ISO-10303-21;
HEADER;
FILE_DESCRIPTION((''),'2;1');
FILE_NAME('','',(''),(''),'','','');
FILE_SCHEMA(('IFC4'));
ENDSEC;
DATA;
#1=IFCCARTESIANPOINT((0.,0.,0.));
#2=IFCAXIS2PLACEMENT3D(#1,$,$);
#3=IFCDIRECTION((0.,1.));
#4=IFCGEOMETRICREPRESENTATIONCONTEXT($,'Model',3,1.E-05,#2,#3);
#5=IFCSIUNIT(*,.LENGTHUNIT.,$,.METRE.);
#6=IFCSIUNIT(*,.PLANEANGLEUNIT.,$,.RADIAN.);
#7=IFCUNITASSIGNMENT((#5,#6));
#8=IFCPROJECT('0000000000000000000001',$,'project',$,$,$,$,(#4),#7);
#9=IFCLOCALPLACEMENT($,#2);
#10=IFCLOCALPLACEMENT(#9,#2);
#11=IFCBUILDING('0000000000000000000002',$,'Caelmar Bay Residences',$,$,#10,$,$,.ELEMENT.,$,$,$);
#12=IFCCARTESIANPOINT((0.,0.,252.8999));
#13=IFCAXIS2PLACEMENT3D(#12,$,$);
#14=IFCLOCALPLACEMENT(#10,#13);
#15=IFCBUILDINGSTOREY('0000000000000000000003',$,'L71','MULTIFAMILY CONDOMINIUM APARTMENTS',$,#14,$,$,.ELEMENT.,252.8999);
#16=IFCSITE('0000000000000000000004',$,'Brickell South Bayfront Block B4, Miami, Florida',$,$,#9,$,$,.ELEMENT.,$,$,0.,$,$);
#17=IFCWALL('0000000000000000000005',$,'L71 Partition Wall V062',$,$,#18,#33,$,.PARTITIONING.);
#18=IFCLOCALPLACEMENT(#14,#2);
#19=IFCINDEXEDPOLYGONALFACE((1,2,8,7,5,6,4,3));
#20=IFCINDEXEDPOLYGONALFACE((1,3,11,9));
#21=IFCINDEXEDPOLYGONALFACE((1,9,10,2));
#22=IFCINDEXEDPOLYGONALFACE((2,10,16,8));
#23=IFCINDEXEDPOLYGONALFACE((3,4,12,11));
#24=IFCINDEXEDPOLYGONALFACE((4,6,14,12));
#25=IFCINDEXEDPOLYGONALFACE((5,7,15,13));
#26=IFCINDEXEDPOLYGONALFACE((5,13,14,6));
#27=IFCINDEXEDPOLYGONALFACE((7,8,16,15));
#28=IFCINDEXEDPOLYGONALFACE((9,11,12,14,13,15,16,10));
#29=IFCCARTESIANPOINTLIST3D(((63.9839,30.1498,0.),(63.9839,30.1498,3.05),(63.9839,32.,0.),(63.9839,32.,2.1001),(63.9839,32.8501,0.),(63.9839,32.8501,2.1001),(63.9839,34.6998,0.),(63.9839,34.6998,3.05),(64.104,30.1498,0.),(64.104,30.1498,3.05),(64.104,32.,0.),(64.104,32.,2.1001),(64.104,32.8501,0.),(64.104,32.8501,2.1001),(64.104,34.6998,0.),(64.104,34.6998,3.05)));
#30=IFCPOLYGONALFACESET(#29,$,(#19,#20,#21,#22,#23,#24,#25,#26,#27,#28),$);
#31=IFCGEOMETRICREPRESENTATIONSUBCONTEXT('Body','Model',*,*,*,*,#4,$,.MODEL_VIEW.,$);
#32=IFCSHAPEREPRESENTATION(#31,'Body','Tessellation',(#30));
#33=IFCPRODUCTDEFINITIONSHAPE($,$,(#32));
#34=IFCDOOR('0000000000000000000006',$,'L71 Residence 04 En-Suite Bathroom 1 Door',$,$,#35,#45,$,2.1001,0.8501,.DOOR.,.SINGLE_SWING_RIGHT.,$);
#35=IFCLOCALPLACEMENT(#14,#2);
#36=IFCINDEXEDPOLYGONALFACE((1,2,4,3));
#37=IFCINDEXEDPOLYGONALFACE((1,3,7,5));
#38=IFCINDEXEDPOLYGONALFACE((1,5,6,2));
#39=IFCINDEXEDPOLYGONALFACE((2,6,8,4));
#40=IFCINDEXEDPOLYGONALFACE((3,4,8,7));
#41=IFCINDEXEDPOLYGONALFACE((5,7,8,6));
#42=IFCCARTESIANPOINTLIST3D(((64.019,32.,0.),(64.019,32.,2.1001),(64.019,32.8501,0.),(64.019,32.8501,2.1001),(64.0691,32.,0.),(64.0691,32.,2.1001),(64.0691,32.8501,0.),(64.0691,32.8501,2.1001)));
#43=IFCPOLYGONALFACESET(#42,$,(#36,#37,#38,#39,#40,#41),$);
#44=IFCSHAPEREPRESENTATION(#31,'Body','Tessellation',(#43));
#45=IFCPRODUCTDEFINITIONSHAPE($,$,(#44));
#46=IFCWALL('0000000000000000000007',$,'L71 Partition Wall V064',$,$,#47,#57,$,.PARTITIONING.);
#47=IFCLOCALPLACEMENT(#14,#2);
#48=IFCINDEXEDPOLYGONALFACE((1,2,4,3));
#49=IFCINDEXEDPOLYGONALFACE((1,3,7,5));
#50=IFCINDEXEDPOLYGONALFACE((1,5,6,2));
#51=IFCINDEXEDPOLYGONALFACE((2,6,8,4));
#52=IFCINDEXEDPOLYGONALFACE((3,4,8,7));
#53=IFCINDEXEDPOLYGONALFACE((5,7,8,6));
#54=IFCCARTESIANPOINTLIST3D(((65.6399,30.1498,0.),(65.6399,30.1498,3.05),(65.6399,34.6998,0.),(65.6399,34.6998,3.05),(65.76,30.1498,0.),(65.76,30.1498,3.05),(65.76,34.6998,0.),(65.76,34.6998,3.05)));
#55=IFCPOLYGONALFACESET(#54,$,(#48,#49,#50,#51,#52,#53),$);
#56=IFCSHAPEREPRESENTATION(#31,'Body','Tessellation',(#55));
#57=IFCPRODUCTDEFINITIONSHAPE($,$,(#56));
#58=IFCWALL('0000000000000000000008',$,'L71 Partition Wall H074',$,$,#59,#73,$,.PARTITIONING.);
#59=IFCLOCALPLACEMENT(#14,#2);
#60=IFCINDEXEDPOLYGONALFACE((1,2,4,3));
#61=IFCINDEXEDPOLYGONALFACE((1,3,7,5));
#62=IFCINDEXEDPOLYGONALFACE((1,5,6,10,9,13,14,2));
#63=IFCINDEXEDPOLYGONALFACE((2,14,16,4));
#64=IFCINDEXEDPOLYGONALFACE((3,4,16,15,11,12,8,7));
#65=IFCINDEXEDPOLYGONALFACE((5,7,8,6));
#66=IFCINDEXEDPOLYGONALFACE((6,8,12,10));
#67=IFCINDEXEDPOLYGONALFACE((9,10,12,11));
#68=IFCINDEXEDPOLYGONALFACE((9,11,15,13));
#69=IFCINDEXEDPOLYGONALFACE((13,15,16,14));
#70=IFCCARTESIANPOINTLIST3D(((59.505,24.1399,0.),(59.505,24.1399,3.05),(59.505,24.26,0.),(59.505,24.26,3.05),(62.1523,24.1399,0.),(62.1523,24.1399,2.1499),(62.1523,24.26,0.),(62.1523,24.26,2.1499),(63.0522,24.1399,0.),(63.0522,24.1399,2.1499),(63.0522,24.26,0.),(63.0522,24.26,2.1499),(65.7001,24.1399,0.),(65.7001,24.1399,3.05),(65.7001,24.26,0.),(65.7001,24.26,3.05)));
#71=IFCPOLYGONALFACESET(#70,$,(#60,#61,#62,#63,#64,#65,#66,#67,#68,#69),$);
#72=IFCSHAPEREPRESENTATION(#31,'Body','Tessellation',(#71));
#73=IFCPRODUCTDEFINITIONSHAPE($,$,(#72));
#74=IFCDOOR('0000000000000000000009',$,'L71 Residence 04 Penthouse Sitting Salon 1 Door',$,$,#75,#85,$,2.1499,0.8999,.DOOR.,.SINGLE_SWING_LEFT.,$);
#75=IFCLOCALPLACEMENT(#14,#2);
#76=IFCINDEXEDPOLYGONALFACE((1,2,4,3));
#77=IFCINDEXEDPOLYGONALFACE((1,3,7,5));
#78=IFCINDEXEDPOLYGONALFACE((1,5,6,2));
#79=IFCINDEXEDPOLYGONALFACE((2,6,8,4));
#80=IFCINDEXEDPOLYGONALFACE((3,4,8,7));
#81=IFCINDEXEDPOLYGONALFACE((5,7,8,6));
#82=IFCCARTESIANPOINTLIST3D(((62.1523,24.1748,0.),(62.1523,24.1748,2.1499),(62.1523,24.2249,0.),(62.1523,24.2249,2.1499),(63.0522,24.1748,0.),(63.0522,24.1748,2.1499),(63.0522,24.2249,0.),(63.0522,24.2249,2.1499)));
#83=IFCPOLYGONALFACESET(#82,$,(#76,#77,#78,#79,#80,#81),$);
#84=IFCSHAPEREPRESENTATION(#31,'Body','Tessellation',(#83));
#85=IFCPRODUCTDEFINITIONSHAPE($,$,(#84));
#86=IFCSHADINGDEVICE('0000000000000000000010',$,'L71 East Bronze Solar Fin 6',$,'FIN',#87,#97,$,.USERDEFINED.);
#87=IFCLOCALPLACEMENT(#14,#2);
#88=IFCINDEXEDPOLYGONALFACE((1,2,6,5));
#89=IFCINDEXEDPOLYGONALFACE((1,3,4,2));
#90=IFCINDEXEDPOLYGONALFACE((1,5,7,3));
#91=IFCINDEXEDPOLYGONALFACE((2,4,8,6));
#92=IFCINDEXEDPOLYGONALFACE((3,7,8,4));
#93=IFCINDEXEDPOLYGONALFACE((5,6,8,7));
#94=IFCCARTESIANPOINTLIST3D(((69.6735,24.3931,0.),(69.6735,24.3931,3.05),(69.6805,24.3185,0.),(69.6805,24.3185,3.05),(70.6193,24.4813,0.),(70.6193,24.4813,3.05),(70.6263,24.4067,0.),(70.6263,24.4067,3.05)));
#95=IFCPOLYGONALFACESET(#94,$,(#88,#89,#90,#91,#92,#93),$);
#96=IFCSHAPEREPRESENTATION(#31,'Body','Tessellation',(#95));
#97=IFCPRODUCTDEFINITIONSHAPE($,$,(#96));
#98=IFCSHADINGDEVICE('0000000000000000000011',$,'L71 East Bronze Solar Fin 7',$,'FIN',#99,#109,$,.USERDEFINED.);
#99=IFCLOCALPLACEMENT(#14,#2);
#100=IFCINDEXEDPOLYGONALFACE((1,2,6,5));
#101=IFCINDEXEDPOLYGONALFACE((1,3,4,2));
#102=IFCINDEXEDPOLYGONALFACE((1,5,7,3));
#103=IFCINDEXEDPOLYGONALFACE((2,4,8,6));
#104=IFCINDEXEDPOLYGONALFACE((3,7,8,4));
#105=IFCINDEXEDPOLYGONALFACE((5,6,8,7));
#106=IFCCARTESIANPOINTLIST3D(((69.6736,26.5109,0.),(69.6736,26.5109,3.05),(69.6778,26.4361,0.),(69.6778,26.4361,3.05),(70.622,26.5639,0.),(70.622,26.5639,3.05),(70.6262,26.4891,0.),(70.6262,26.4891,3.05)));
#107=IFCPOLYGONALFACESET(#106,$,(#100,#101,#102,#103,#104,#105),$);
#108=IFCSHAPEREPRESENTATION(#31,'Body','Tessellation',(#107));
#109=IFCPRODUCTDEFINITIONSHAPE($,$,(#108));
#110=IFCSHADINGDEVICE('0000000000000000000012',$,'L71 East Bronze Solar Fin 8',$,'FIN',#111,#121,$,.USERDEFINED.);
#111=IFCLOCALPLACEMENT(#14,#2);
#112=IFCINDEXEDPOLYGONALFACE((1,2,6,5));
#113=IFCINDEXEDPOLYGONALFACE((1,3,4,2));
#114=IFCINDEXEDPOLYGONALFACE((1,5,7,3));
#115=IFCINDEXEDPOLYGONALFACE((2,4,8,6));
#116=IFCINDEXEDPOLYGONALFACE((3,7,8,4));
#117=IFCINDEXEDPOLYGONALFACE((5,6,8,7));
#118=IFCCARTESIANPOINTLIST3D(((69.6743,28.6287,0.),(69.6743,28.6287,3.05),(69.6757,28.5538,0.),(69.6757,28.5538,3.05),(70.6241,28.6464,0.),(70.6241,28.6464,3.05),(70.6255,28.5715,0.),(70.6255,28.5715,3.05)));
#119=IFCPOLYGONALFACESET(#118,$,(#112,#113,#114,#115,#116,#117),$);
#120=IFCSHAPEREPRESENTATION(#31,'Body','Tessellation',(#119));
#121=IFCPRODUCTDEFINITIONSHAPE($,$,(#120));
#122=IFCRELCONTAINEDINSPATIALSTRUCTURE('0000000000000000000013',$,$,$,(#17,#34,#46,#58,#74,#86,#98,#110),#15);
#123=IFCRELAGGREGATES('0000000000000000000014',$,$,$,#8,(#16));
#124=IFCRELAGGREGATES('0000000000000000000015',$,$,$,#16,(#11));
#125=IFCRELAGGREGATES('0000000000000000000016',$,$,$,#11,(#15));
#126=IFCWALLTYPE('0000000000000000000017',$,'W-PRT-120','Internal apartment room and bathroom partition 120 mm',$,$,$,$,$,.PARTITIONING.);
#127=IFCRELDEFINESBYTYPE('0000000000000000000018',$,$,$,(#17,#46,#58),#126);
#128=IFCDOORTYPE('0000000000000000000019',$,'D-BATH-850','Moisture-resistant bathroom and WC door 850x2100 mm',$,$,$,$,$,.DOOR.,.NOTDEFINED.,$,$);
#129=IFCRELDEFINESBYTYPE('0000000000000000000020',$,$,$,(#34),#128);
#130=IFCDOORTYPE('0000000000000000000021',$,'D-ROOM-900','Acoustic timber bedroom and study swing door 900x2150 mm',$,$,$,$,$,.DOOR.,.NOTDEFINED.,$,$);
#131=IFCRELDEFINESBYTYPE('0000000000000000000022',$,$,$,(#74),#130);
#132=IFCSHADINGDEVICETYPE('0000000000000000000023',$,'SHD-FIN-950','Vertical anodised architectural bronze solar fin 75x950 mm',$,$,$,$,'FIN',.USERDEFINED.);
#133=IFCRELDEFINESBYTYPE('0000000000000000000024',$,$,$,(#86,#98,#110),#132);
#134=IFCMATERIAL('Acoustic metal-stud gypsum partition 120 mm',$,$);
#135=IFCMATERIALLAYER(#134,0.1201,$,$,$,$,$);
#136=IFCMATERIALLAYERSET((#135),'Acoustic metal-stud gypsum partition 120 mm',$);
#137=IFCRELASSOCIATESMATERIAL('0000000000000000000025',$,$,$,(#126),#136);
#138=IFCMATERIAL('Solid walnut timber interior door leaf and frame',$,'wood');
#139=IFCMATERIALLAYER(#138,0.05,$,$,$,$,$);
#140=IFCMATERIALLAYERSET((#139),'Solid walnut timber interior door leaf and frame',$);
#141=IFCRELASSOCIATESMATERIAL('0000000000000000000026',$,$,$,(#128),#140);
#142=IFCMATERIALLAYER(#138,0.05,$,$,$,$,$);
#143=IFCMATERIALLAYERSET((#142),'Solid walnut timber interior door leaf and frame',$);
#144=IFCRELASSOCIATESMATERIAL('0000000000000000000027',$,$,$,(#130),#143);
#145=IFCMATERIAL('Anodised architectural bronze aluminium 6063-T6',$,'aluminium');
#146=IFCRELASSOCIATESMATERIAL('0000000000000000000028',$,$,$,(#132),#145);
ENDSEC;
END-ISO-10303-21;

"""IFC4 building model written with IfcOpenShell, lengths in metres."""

from ifc_helpers import new_model, si_unit, direction, frame, frame_2d, origin, origin_2d, place, context, subcontext, project, spatial, rectangle, extrude, material, layer, layer_set, material_profile, profile_set, type_object, element, fill, save


model = new_model("IFC4")

# Units and contexts
model_context = context("Model", 3, precision=1e-05, world=origin(), true_north=direction((0.0, 1.0)))
body_context = subcontext(model_context, "Body", "Model", "MODEL_VIEW")
ifc_project = project(units=[si_unit("LENGTHUNIT", "METRE"), si_unit("PLANEANGLEUNIT", "RADIAN")], contexts=[model_context])

# Site, building, storey
site_placement = place(None, origin())
site = spatial("IfcSite", under=ifc_project, at=site_placement, Name="Brickell South Bayfront Block B4, Miami, Florida", CompositionType="ELEMENT", RefElevation=0.0)
building_placement = place(site_placement, origin())
building = spatial("IfcBuilding", under=site, at=building_placement, Name="Caelmar Bay Residences", CompositionType="ELEMENT")
storey_placement = place(building_placement, frame((0.0, 0.0, 252.8999)))
storey = spatial("IfcBuildingStorey", under=building, at=storey_placement, Name="L71", Description="MULTIFAMILY CONDOMINIUM APARTMENTS", CompositionType="ELEMENT", Elevation=252.8999)

# Shared definitions
ifc_material_1 = material(Name="Acoustic metal-stud gypsum partition 120 mm")
ifc_layer_1 = layer(ifc_material_1, 0.1201)
ifc_layer_set_1 = layer_set([ifc_layer_1], Name="Acoustic metal-stud gypsum partition 120 mm")
wall_type = type_object("IfcWallType", Name="W-PRT-120", Description="Internal apartment room and bathroom partition 120 mm", PredefinedType="PARTITIONING", material=ifc_layer_set_1)

# Wall, opening, door
wall_1_placement = place(storey_placement, frame((64.0439, 30.1499, 0.0), z_axis=(0.0, 0.0, 1.0), x_axis=(0.0, 1.0, 0.0)))
wall_1 = element("IfcWall", 1, at=wall_1_placement, inside=storey, type_object=wall_type, Name="L71 Partition Wall V062", PredefinedType="PARTITIONING", context=body_context, shape_type="SweptSolid", body=[
    extrude(rectangle(XDim=4.55, YDim=0.1201, at=frame_2d((2.2749, 0.0))), origin(), (0.0, 0.0, 1.0), 3.05),
])
opening_1_placement = place(wall_1_placement, frame((1.8501, 0.0, 0.0)))
opening_1 = element("IfcOpeningElement", 2, at=opening_1_placement, cuts=wall_1, PredefinedType="OPENING", context=body_context, shape_type="SweptSolid", body=[
    extrude(rectangle(XDim=0.8501, YDim=2.1001, at=frame_2d((0.425, 1.05))), frame((0.0, 0.0701, 0.0), z_axis=(0.0, -1.0, 0.0), x_axis=(1.0, 0.0, 0.0)), (0.0, 0.0, 1.0), 0.1401),
])
ifc_material_2 = material(Name="Solid walnut timber interior door leaf and frame", Category="wood")
ifc_layer_2 = layer(ifc_material_2, 0.05)
ifc_layer_set_2 = layer_set([ifc_layer_2], Name="Solid walnut timber interior door leaf and frame")
door_type_1 = type_object("IfcDoorType", Name="D-BATH-850", Description="Moisture-resistant bathroom and WC door 850x2100 mm", OperationType="NOTDEFINED", PredefinedType="DOOR", material=ifc_layer_set_2)
door_1_placement = place(opening_1_placement, origin())
door_1 = element("IfcDoor", 3, at=door_1_placement, inside=storey, type_object=door_type_1, Name="L71 Residence 04 En-Suite Bathroom 1 Door", OperationType="SINGLE_SWING_RIGHT", OverallHeight=2.1001, OverallWidth=0.8501, PredefinedType="DOOR", context=body_context, shape_type="SweptSolid", body=[
    extrude(rectangle(XDim=0.8501, YDim=2.1001, at=frame_2d((0.425, 1.05))), frame((0.0, 0.0249, 0.0), z_axis=(0.0, -1.0, 0.0), x_axis=(1.0, 0.0, 0.0)), (0.0, 0.0, 1.0), 0.05),
])
fill(opening_1, door_1)

# Wall
wall_2_placement = place(storey_placement, frame((65.7, 30.1499, 0.0), z_axis=(0.0, 0.0, 1.0), x_axis=(0.0, 1.0, 0.0)))
element("IfcWall", 4, at=wall_2_placement, inside=storey, type_object=wall_type, Name="L71 Partition Wall V064", PredefinedType="PARTITIONING", context=body_context, shape_type="SweptSolid", body=[
    extrude(rectangle(XDim=4.55, YDim=0.1201, at=frame_2d((2.2749, 0.0))), origin(), (0.0, 0.0, 1.0), 3.05),
])

# Wall, opening, door
wall_3_placement = place(storey_placement, frame((59.5049, 24.2, 0.0), z_axis=(0.0, 0.0, 1.0), x_axis=(1.0, 0.0, 0.0)))
wall_3 = element("IfcWall", 5, at=wall_3_placement, inside=storey, type_object=wall_type, Name="L71 Partition Wall H074", PredefinedType="PARTITIONING", context=body_context, shape_type="SweptSolid", body=[
    extrude(rectangle(XDim=6.1951, YDim=0.1201, at=frame_2d((3.0977, 0.0))), origin(), (0.0, 0.0, 1.0), 3.05),
])
opening_2_placement = place(wall_3_placement, frame((2.6475, 0.0, 0.0)))
opening_2 = element("IfcOpeningElement", 6, at=opening_2_placement, cuts=wall_3, PredefinedType="OPENING", context=body_context, shape_type="SweptSolid", body=[
    extrude(rectangle(XDim=0.8999, YDim=2.1499, at=frame_2d((0.45, 1.075))), frame((0.0, 0.0701, 0.0), z_axis=(0.0, -1.0, 0.0), x_axis=(1.0, 0.0, 0.0)), (0.0, 0.0, 1.0), 0.1401),
])
ifc_layer_3 = layer(ifc_material_2, 0.05)
ifc_layer_set_3 = layer_set([ifc_layer_3], Name="Solid walnut timber interior door leaf and frame")
door_type_2 = type_object("IfcDoorType", Name="D-ROOM-900", Description="Acoustic timber bedroom and study swing door 900x2150 mm", OperationType="NOTDEFINED", PredefinedType="DOOR", material=ifc_layer_set_3)
door_2_placement = place(opening_2_placement, origin())
door_2 = element("IfcDoor", 7, at=door_2_placement, inside=storey, type_object=door_type_2, Name="L71 Residence 04 Penthouse Sitting Salon 1 Door", OperationType="SINGLE_SWING_LEFT", OverallHeight=2.1499, OverallWidth=0.8999, PredefinedType="DOOR", context=body_context, shape_type="SweptSolid", body=[
    extrude(rectangle(XDim=0.8999, YDim=2.1499, at=frame_2d((0.45, 1.075))), frame((0.0, 0.0249, 0.0), z_axis=(0.0, -1.0, 0.0), x_axis=(1.0, 0.0, 0.0)), (0.0, 0.0, 1.0), 0.05),
])
fill(opening_2, door_2)

# Shading devices
ifc_material_3 = material(Name="Anodised architectural bronze aluminium 6063-T6", Category="aluminium")
ifc_material_profile_1 = material_profile(ifc_material_3, rectangle(XDim=0.075, YDim=0.95, at=origin_2d()), Name="BRONZE-FIN-75X950")
ifc_profile_set_1 = profile_set([ifc_material_profile_1], Name="Anodised architectural bronze aluminium 6063-T6")
shading_device_type = type_object("IfcShadingDeviceType", Name="SHD-FIN-950", Description="Vertical anodised architectural bronze solar fin 75x950 mm", ElementType="FIN", PredefinedType="USERDEFINED", material=ifc_profile_set_1)
for number, where, z_axis, x_axis, name in (
    (8, (70.1499, 24.3999, 0.0), (0.0, 0.0, 1.0), (-0.092892, 0.995676, 0.0), "L71 East Bronze Solar Fin 6"),
    (9, (70.1499, 26.5, 0.0), (0.0, 0.0, 1.0), (-0.055822, 0.998441, 0.0), "L71 East Bronze Solar Fin 7"),
    (10, (70.1499, 28.6001, 0.0), (0.0, 0.0, 1.0), (-0.018674, 0.999826, 0.0), "L71 East Bronze Solar Fin 8"),
):
    element("IfcShadingDevice", number, at=place(storey_placement, frame(where, z_axis=z_axis, x_axis=x_axis)), inside=storey, type_object=shading_device_type, Name=name, ObjectType="FIN", PredefinedType="USERDEFINED", context=body_context, shape_type="SweptSolid", body=[
        extrude(rectangle(XDim=0.075, YDim=0.95, at=origin_2d()), origin(), (0.0, 0.0, 1.0), 3.05),
    ])

save(model, "model.ifc")
